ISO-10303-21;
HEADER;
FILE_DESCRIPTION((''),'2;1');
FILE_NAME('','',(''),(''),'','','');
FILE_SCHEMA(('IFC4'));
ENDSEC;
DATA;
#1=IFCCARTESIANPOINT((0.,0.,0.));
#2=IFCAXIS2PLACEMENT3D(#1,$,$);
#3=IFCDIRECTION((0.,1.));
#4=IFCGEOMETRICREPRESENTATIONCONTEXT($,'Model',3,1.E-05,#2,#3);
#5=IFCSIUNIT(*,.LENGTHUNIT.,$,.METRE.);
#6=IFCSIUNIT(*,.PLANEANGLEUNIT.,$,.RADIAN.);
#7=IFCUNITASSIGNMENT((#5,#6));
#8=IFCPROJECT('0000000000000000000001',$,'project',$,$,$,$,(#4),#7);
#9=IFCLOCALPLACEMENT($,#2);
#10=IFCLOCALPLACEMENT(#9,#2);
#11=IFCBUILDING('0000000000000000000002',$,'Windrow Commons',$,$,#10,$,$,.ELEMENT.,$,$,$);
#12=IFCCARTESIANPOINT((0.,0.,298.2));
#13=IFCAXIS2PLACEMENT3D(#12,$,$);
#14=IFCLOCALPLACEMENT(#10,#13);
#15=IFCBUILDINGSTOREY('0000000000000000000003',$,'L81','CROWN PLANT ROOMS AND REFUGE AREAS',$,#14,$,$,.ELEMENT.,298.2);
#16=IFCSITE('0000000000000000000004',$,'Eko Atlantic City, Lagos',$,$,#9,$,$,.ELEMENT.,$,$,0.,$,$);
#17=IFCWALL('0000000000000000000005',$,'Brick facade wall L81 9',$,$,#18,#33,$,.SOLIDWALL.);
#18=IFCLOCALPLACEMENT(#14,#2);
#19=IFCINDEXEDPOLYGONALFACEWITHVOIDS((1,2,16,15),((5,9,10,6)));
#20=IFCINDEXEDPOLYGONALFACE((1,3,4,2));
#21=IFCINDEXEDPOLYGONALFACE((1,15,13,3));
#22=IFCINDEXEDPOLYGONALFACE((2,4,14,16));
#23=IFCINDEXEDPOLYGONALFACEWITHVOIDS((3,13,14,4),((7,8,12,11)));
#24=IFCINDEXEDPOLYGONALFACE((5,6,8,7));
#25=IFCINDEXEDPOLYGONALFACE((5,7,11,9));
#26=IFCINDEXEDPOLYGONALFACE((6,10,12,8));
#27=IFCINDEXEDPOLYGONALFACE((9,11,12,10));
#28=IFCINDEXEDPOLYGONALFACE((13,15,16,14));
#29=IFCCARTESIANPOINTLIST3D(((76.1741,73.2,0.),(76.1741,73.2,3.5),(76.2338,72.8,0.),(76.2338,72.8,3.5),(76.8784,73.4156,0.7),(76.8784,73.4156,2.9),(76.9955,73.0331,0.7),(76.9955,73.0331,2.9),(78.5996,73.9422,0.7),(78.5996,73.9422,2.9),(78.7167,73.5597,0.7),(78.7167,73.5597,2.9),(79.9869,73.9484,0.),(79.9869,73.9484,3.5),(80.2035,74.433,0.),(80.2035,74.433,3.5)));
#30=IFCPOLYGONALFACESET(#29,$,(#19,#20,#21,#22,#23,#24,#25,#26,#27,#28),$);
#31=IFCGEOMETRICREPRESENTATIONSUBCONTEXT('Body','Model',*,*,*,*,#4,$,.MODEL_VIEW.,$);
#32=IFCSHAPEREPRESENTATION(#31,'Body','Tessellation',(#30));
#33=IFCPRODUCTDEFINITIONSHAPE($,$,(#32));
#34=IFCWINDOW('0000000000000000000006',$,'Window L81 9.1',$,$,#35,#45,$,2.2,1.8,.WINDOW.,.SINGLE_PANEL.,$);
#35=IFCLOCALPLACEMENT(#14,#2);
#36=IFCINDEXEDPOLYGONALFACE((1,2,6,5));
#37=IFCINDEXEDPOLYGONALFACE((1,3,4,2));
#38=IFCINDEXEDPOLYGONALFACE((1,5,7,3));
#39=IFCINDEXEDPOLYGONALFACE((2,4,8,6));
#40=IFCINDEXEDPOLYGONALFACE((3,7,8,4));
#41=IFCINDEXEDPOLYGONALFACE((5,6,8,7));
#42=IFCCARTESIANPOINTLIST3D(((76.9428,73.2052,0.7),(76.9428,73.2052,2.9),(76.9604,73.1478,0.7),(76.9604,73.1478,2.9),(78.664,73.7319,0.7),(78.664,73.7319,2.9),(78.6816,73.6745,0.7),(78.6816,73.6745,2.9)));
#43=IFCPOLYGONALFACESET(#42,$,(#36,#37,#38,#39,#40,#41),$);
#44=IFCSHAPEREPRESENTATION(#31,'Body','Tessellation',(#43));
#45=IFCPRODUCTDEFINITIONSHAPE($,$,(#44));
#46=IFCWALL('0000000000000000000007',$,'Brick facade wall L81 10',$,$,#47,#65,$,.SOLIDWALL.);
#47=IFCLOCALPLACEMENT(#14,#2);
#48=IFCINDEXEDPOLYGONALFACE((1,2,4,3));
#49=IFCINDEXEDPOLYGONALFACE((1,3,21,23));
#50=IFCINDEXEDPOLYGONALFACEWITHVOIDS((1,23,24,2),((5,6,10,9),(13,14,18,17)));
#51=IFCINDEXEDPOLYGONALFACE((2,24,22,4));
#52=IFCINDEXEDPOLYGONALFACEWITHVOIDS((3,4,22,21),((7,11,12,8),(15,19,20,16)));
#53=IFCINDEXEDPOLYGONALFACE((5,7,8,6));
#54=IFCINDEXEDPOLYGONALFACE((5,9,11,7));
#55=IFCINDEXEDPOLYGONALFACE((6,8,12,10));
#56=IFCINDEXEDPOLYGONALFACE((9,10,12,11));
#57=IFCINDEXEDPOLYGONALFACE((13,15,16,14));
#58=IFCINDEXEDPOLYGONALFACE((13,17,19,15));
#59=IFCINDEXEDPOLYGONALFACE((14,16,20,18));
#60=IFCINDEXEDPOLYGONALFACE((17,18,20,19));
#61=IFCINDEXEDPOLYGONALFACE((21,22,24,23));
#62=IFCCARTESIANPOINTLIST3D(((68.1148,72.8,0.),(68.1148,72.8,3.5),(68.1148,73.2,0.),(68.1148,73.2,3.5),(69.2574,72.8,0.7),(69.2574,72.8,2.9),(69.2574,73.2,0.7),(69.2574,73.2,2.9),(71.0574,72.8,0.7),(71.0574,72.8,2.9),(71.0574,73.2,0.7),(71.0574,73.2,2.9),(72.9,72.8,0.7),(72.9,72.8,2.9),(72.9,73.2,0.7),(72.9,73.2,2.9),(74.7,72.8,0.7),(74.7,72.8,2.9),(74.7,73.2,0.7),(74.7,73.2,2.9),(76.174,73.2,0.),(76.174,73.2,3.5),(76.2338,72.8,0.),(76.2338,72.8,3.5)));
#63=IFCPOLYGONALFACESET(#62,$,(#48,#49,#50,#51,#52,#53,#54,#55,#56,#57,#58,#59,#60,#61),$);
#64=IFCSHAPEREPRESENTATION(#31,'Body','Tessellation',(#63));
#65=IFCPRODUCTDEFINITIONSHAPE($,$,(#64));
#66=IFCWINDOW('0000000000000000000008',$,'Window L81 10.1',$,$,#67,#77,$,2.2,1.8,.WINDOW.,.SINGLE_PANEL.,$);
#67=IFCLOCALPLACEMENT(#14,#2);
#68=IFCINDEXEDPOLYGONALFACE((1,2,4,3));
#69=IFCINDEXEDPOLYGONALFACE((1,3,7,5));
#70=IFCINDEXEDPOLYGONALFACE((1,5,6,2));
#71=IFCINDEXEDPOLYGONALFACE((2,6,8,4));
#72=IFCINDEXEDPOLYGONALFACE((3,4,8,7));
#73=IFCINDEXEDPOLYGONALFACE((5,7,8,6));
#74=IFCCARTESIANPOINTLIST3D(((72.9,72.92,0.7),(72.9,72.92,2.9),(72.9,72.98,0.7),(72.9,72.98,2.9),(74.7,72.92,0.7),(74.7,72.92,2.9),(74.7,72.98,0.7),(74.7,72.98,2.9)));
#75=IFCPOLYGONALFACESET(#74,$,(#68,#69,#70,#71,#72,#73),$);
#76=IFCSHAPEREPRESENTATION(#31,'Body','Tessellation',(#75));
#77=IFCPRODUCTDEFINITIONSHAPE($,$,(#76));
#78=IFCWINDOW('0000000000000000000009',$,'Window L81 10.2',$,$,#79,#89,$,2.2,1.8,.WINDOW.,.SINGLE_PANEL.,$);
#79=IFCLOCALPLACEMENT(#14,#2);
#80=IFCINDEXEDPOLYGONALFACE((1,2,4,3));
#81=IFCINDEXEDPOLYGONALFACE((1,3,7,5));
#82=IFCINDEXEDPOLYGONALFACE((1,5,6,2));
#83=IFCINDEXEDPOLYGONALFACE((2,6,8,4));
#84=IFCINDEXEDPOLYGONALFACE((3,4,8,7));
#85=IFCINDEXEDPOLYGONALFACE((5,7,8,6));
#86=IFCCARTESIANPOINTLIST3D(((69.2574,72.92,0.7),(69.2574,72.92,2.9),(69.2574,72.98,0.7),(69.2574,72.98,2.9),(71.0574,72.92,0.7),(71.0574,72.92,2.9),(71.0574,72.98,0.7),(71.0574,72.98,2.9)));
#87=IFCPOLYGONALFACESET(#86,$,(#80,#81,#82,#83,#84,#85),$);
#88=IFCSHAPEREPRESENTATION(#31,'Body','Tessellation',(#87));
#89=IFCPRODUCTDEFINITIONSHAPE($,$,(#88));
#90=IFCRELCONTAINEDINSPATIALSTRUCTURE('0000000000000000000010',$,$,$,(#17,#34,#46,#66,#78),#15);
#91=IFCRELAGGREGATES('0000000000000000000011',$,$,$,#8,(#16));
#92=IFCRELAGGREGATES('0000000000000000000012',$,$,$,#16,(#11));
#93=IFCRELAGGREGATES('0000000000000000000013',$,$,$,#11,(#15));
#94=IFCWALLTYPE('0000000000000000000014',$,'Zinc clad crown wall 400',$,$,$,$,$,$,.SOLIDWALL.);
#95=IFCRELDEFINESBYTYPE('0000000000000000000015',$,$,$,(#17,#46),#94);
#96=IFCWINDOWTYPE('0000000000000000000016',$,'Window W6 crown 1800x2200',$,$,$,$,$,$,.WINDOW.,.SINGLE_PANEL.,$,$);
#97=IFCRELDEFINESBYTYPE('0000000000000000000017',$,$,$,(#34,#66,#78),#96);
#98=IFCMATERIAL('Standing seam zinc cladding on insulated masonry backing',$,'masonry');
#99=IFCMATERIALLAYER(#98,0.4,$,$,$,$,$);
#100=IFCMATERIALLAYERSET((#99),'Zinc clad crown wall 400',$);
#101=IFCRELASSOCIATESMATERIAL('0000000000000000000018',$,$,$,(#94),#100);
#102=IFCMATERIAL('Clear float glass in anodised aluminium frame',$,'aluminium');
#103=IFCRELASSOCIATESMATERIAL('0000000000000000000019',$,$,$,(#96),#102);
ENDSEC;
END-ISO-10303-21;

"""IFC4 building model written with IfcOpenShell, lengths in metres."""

from ifc_helpers import new_model, si_unit, direction, frame, frame_2d, origin, place, context, subcontext, project, spatial, polyline, rectangle, outline, extrude, material, layer, layer_set, type_object, element, fill, save


model = new_model("IFC4")

# Units and contexts
model_context = context("Model", 3, precision=1e-05, world=origin(), true_north=direction((0.0, 1.0)))
body_context = subcontext(model_context, "Body", "Model", "MODEL_VIEW")
ifc_project = project(units=[si_unit("LENGTHUNIT", "METRE"), si_unit("PLANEANGLEUNIT", "RADIAN")], contexts=[model_context])

# Site, building, storey
site_placement = place(None, origin())
site = spatial("IfcSite", under=ifc_project, at=site_placement, Name="Eko Atlantic City, Lagos", CompositionType="ELEMENT", RefElevation=0.0)
building_placement = place(site_placement, origin())
building = spatial("IfcBuilding", under=site, at=building_placement, Name="Windrow Commons", CompositionType="ELEMENT")
storey_placement = place(building_placement, frame((0.0, 0.0, 298.2)))
storey = spatial("IfcBuildingStorey", under=building, at=storey_placement, Name="L81", Description="CROWN PLANT ROOMS AND REFUGE AREAS", CompositionType="ELEMENT", Elevation=298.2)

# Wall, opening, window
ifc_material_1 = material(Name="Standing seam zinc cladding on insulated masonry backing", Category="masonry")
ifc_layer_1 = layer(ifc_material_1, 0.4)
ifc_layer_set_1 = layer_set([ifc_layer_1], Name="Zinc clad crown wall 400")
wall_type_1 = type_object("IfcWallType", Name="Zinc clad crown wall 400", PredefinedType="SOLIDWALL", material=ifc_layer_set_1)
wall_1_placement = place(storey_placement, frame((80.0952, 74.1907, 0.0), z_axis=(0.0, 0.0, 1.0), x_axis=(-0.956235, -0.292599, 0.0)))
wall_1 = element("IfcWall", 1, at=wall_1_placement, inside=storey, type_object=wall_type_1, Name="Brick facade wall L81 9", PredefinedType="SOLIDWALL", context=body_context, shape_type="SweptSolid", body=[
    extrude(outline(polyline([(-0.1745, -0.2), (4.0394, -0.2), (4.0993, 0.2), (0.1745, 0.2), (-0.1745, -0.2)])), origin(), (0.0, 0.0, 1.0), 3.5),
])
opening_1_placement = place(wall_1_placement, frame((1.5028, 0.0, 0.7)))
opening_1 = element("IfcOpeningElement", 2, at=opening_1_placement, cuts=wall_1, PredefinedType="OPENING", context=body_context, shape_type="SweptSolid", body=[
    extrude(rectangle(XDim=1.8, YDim=2.2, at=frame_2d((0.9, 1.1))), frame((0.0, 0.21, 0.0), z_axis=(0.0, -1.0, 0.0), x_axis=(1.0, 0.0, 0.0)), (0.0, 0.0, 1.0), 0.42),
])
ifc_material_2 = material(Name="Clear float glass in anodised aluminium frame", Category="aluminium")
window_type = type_object("IfcWindowType", Name="Window W6 crown 1800x2200", PartitioningType="SINGLE_PANEL", PredefinedType="WINDOW", material=ifc_material_2)
window_1_placement = place(opening_1_placement, origin())
window_1 = element("IfcWindow", 3, at=window_1_placement, inside=storey, type_object=window_type, Name="Window L81 9.1", OverallHeight=2.2, OverallWidth=1.8, PartitioningType="SINGLE_PANEL", PredefinedType="WINDOW", context=body_context, shape_type="SweptSolid", body=[
    extrude(rectangle(XDim=1.8, YDim=2.2, at=frame_2d((0.9, 1.1))), frame((0.0, 0.08, 0.0), z_axis=(0.0, -1.0, 0.0), x_axis=(1.0, 0.0, 0.0)), (0.0, 0.0, 1.0), 0.06),
])
fill(opening_1, window_1)

# Wall, openings, windows
wall_2_placement = place(storey_placement, frame((76.2039, 73.0, 0.0), z_axis=(0.0, 0.0, 1.0), x_axis=(-1.0, 0.0, 0.0)))
wall_2 = element("IfcWall", 4, at=wall_2_placement, inside=storey, type_object=wall_type_1, Name="Brick facade wall L81 10", PredefinedType="SOLIDWALL", context=body_context, shape_type="SweptSolid", body=[
    extrude(outline(polyline([(0.0299, -0.2), (8.0891, -0.2), (8.0891, 0.2), (-0.0299, 0.2), (0.0299, -0.2)])), origin(), (0.0, 0.0, 1.0), 3.5),
])
opening_2_placement = place(wall_2_placement, frame((1.5039, 0.0, 0.7)))
opening_2 = element("IfcOpeningElement", 5, at=opening_2_placement, cuts=wall_2, PredefinedType="OPENING", context=body_context, shape_type="SweptSolid", body=[
    extrude(rectangle(XDim=1.8, YDim=2.2, at=frame_2d((0.9, 1.1))), frame((0.0, 0.21, 0.0), z_axis=(0.0, -1.0, 0.0), x_axis=(1.0, 0.0, 0.0)), (0.0, 0.0, 1.0), 0.42),
])
opening_3_placement = place(wall_2_placement, frame((5.1465, 0.0, 0.7)))
opening_3 = element("IfcOpeningElement", 6, at=opening_3_placement, cuts=wall_2, PredefinedType="OPENING", context=body_context, shape_type="SweptSolid", body=[
    extrude(rectangle(XDim=1.8, YDim=2.2, at=frame_2d((0.9, 1.1))), frame((0.0, 0.21, 0.0), z_axis=(0.0, -1.0, 0.0), x_axis=(1.0, 0.0, 0.0)), (0.0, 0.0, 1.0), 0.42),
])
window_2_placement = place(opening_2_placement, origin())
window_2 = element("IfcWindow", 7, at=window_2_placement, inside=storey, type_object=window_type, Name="Window L81 10.1", OverallHeight=2.2, OverallWidth=1.8, PartitioningType="SINGLE_PANEL", PredefinedType="WINDOW", context=body_context, shape_type="SweptSolid", body=[
    extrude(rectangle(XDim=1.8, YDim=2.2, at=frame_2d((0.9, 1.1))), frame((0.0, 0.08, 0.0), z_axis=(0.0, -1.0, 0.0), x_axis=(1.0, 0.0, 0.0)), (0.0, 0.0, 1.0), 0.06),
])
fill(opening_2, window_2)
window_3_placement = place(opening_3_placement, origin())
window_3 = element("IfcWindow", 8, at=window_3_placement, inside=storey, type_object=window_type, Name="Window L81 10.2", OverallHeight=2.2, OverallWidth=1.8, PartitioningType="SINGLE_PANEL", PredefinedType="WINDOW", context=body_context, shape_type="SweptSolid", body=[
    extrude(rectangle(XDim=1.8, YDim=2.2, at=frame_2d((0.9, 1.1))), frame((0.0, 0.08, 0.0), z_axis=(0.0, -1.0, 0.0), x_axis=(1.0, 0.0, 0.0)), (0.0, 0.0, 1.0), 0.06),
])
fill(opening_3, window_3)

save(model, "model.ifc")
